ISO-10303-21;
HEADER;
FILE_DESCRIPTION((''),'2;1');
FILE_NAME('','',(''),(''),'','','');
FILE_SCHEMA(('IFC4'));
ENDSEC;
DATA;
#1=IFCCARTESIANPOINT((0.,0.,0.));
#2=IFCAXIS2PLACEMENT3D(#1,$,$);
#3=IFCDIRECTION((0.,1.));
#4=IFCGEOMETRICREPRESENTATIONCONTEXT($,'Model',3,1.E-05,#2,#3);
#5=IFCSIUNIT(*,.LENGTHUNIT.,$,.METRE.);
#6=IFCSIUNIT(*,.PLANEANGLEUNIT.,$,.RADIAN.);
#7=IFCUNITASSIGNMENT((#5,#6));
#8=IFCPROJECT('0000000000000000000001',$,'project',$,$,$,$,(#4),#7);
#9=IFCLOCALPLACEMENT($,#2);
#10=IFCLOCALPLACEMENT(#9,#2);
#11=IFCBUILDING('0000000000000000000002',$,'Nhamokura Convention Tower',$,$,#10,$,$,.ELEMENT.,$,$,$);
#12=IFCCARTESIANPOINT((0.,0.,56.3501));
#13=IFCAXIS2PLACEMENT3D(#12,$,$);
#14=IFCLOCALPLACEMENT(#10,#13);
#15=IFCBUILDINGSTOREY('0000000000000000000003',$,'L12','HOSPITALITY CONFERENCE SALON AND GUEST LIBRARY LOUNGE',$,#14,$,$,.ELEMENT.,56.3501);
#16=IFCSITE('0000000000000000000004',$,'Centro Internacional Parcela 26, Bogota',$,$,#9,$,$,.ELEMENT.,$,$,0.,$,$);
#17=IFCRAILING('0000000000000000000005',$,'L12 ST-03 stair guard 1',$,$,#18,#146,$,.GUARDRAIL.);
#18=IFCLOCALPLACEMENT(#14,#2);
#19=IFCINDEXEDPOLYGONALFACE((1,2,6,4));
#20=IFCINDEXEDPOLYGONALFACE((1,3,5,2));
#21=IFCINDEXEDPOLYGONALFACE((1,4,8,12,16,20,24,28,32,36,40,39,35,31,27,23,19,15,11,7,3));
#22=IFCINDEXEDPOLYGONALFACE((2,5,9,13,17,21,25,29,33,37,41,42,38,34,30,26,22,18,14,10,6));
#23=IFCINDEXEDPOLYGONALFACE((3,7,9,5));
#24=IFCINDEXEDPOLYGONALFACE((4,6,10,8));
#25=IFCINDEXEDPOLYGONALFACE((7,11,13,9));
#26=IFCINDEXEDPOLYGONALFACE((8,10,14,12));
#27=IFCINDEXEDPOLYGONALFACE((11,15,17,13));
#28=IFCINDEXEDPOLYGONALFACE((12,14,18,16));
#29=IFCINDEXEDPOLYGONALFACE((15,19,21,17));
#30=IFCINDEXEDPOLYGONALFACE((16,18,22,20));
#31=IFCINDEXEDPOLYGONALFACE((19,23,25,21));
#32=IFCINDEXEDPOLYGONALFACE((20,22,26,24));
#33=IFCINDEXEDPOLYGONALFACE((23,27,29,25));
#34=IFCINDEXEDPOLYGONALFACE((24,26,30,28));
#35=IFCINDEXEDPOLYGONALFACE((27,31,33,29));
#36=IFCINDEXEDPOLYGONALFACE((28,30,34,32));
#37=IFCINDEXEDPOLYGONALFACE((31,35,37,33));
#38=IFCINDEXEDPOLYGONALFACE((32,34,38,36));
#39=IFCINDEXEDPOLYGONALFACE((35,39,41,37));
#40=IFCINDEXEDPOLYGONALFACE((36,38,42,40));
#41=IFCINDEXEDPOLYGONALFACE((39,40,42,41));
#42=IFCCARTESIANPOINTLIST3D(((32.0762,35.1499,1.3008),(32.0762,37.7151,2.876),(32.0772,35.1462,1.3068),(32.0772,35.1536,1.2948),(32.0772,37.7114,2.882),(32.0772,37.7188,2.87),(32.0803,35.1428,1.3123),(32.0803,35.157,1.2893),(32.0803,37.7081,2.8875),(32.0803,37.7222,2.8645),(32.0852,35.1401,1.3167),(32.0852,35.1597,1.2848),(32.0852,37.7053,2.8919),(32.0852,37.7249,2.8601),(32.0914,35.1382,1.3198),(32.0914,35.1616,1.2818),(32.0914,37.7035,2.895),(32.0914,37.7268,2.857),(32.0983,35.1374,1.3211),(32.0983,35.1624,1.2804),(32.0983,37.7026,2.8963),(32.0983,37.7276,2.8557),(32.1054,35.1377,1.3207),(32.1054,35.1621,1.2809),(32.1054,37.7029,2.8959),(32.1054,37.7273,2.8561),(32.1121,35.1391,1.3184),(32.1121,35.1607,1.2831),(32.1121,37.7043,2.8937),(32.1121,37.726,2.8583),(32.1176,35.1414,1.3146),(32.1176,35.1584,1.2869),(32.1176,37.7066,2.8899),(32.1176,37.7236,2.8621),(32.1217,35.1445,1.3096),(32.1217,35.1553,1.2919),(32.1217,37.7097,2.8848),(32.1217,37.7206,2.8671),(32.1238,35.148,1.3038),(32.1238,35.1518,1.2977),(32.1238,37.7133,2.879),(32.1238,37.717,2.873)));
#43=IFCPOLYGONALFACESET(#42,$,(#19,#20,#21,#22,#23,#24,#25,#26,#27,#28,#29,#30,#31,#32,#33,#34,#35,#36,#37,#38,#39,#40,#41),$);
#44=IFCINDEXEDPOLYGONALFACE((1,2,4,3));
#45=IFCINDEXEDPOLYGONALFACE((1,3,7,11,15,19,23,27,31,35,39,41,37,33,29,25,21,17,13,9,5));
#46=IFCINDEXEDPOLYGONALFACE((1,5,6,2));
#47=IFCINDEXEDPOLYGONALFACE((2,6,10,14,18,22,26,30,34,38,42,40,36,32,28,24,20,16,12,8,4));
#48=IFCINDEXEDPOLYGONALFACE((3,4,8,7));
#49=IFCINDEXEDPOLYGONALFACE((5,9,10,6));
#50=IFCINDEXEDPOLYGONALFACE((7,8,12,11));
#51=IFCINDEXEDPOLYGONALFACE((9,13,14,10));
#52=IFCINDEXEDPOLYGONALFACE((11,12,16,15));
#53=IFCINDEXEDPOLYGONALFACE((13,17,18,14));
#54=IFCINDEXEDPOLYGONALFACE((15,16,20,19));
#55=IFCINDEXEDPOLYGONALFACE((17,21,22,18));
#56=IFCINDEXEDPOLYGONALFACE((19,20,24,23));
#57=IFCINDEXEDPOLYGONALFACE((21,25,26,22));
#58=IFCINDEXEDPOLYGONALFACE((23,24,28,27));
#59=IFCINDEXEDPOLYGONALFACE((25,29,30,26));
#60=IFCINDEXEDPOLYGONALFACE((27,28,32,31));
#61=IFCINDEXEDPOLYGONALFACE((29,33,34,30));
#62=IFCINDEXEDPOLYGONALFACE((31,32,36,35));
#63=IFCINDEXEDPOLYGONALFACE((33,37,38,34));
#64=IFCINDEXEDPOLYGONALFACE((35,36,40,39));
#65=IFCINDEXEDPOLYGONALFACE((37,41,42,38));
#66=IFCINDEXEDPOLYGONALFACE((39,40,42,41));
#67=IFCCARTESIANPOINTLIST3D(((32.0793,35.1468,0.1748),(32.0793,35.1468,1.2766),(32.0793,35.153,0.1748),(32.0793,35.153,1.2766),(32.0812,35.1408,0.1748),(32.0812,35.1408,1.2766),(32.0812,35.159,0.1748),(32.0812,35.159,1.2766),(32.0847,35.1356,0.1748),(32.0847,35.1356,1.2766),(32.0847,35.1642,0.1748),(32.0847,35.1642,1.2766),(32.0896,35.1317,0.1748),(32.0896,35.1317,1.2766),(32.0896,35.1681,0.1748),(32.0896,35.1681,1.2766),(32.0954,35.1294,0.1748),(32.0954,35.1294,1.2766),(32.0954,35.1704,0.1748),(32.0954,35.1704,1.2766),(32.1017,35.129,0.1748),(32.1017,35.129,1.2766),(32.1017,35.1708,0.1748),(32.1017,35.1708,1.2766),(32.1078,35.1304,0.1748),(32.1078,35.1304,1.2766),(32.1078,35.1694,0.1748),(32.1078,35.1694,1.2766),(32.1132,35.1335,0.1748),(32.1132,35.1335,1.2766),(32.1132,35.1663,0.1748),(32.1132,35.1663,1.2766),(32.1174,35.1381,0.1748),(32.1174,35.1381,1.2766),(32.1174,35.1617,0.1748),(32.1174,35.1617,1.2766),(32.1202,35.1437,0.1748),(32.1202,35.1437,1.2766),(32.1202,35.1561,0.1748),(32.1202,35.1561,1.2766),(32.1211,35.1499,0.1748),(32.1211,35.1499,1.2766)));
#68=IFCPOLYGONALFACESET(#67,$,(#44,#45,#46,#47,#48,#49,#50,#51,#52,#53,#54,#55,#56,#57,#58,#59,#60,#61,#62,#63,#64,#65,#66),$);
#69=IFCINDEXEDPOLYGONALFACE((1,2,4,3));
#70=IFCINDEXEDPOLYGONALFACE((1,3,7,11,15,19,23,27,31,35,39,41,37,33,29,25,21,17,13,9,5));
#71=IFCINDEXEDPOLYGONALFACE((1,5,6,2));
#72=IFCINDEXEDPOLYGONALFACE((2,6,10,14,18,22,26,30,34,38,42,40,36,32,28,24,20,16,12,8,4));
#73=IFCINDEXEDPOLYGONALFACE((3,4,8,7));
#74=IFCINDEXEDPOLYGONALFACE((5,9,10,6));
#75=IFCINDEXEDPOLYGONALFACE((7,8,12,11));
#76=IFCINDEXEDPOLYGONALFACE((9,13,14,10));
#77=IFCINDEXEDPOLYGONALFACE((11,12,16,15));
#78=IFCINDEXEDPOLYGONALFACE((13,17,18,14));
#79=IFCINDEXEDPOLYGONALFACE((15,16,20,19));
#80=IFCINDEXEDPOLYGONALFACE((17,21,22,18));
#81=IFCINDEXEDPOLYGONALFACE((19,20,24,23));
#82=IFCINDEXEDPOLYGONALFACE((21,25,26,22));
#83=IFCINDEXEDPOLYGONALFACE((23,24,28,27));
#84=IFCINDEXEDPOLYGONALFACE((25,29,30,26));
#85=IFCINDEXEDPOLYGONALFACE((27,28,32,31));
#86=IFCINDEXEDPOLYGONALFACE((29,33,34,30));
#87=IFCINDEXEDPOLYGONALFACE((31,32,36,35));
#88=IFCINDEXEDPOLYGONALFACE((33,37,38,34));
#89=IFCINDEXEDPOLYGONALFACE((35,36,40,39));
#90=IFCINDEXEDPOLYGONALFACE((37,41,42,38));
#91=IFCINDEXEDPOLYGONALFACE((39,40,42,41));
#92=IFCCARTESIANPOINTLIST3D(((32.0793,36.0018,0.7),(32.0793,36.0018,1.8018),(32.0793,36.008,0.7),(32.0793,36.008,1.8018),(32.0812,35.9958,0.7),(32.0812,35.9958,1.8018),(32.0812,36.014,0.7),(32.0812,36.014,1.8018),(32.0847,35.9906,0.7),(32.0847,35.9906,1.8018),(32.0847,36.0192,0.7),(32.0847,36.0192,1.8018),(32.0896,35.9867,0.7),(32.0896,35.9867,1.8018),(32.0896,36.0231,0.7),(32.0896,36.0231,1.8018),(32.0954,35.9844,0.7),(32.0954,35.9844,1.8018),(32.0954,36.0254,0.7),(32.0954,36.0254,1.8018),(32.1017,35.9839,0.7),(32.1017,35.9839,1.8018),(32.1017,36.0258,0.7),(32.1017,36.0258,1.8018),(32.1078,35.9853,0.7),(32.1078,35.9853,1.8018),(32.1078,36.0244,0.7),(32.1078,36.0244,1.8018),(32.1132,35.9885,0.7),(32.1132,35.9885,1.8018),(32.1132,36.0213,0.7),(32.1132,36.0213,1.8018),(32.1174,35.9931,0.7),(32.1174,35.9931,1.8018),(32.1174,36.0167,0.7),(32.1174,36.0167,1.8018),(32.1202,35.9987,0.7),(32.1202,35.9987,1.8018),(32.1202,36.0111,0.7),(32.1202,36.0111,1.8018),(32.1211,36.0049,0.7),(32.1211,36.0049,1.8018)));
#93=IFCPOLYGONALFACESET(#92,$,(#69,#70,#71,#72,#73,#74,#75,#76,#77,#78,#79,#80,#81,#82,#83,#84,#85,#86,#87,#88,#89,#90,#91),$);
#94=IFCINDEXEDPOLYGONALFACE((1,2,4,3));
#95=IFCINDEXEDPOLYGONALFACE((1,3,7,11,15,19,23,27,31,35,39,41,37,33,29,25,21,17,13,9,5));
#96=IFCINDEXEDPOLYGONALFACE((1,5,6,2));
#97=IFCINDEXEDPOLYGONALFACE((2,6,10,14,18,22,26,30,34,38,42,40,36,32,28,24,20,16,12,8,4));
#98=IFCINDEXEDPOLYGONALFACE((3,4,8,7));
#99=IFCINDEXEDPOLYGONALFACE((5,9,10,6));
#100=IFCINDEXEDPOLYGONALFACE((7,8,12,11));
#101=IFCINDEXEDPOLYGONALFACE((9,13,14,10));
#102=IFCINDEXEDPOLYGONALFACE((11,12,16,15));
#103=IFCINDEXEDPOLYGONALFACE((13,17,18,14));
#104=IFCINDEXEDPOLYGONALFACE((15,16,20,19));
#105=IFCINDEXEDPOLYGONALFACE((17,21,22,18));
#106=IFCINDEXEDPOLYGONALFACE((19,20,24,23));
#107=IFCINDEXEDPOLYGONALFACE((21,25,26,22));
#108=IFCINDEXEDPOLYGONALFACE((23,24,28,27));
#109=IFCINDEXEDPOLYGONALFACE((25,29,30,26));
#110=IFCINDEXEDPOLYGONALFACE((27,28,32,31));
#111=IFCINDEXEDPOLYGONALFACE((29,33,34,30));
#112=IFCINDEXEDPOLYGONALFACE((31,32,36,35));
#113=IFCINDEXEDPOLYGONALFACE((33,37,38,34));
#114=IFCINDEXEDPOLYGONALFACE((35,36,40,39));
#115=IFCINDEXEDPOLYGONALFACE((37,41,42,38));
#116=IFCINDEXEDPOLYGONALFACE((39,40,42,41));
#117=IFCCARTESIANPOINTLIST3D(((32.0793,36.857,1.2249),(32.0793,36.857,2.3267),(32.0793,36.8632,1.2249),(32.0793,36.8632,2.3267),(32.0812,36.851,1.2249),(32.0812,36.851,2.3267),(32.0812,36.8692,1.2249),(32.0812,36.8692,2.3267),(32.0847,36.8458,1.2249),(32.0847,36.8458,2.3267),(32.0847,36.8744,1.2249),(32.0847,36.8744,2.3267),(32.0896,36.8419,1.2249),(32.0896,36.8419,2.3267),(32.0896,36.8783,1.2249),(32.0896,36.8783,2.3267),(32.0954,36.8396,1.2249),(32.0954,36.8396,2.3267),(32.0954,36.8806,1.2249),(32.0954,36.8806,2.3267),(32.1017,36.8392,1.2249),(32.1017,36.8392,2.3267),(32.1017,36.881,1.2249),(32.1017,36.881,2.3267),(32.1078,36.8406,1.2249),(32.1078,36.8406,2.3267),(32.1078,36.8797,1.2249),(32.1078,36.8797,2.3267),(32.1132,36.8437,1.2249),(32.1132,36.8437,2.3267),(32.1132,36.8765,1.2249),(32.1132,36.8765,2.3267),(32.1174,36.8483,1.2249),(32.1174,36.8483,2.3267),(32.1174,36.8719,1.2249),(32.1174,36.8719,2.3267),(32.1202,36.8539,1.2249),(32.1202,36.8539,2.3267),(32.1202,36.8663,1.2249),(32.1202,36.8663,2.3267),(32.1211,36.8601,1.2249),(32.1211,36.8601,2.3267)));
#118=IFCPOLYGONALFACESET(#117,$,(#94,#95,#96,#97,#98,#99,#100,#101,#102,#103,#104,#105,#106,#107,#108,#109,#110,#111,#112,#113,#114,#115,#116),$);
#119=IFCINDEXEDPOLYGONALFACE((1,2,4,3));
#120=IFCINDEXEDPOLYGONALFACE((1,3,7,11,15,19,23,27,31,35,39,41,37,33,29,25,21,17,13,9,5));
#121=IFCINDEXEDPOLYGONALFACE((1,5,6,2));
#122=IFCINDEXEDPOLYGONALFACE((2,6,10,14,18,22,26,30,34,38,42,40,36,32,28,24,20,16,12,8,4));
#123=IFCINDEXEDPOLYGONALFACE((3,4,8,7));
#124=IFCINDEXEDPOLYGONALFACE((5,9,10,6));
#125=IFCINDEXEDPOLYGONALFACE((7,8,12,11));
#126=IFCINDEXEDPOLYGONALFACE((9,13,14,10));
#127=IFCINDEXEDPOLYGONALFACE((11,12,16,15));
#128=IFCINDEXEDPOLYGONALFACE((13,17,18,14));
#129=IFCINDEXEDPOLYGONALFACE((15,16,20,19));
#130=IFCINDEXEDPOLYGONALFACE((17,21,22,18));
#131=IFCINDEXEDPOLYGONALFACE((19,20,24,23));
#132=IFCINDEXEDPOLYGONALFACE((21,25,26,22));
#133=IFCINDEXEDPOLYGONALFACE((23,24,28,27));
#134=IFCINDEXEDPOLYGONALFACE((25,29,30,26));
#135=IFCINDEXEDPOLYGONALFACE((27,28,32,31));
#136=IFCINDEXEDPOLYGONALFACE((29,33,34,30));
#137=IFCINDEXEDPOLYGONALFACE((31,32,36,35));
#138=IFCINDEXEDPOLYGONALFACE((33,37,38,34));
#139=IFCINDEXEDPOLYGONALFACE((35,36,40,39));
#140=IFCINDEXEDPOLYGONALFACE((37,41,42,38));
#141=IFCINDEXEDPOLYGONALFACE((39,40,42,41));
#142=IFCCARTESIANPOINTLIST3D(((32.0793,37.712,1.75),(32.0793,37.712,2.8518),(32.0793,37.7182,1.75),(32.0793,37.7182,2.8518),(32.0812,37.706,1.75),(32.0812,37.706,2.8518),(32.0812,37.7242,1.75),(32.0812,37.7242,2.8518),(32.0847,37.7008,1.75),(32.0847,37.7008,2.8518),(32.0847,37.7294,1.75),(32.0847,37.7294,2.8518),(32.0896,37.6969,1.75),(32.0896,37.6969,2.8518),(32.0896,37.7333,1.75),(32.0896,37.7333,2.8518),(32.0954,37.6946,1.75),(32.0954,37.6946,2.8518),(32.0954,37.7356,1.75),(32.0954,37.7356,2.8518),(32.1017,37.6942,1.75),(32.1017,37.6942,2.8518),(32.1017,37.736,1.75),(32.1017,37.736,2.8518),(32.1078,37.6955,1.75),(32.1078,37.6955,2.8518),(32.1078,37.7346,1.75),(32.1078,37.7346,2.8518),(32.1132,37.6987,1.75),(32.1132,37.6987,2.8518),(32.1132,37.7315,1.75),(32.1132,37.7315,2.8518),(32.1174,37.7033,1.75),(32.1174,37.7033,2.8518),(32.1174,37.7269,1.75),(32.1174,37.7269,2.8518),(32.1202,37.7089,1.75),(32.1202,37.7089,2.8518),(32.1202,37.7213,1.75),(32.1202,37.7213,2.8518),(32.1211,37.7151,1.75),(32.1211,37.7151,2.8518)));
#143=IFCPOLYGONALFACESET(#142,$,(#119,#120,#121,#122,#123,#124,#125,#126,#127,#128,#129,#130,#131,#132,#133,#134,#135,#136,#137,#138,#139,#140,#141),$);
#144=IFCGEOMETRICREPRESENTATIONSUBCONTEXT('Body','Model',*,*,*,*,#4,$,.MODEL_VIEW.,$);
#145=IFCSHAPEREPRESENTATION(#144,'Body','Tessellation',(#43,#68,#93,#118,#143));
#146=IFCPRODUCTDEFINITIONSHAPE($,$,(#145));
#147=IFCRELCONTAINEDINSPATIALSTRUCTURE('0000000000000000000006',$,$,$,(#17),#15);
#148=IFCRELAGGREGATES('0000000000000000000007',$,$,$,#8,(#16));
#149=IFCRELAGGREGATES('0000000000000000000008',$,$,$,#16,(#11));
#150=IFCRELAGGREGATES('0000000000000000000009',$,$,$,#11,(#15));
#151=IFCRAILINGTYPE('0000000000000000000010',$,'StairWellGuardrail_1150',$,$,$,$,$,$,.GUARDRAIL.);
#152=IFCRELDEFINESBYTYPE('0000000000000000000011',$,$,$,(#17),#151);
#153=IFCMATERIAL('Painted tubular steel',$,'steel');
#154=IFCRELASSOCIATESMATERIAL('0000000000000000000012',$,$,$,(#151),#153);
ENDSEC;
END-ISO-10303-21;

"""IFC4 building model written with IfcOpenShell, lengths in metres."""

from ifc_helpers import new_model, si_unit, direction, frame, origin, origin_2d, place, context, subcontext, project, spatial, circle, extrude, material, type_object, element, save


model = new_model("IFC4")

# Units and contexts
model_context = context("Model", 3, precision=1e-05, world=origin(), true_north=direction((0.0, 1.0)))
body_context = subcontext(model_context, "Body", "Model", "MODEL_VIEW")
ifc_project = project(units=[si_unit("LENGTHUNIT", "METRE"), si_unit("PLANEANGLEUNIT", "RADIAN")], contexts=[model_context])

# Site, building, storey
site_placement = place(None, origin())
site = spatial("IfcSite", under=ifc_project, at=site_placement, Name="Centro Internacional Parcela 26, Bogota", CompositionType="ELEMENT", RefElevation=0.0)
building_placement = place(site_placement, origin())
building = spatial("IfcBuilding", under=site, at=building_placement, Name="Nhamokura Convention Tower", CompositionType="ELEMENT")
storey_placement = place(building_placement, frame((0.0, 0.0, 56.3501)))
storey = spatial("IfcBuildingStorey", under=building, at=storey_placement, Name="L12", Description="HOSPITALITY CONFERENCE SALON AND GUEST LIBRARY LOUNGE", CompositionType="ELEMENT", Elevation=56.3501)

# Railing
ifc_material_1 = material(Name="Painted tubular steel", Category="steel")
railing_type_1 = type_object("IfcRailingType", Name="StairWellGuardrail_1150", PredefinedType="GUARDRAIL", material=ifc_material_1)
railing_1_placement = place(storey_placement, frame((32.1001, 35.1499, 0.1748)))
element("IfcRailing", 1, at=railing_1_placement, inside=storey, type_object=railing_type_1, Name="L12 ST-03 stair guard 1", PredefinedType="GUARDRAIL", context=body_context, shape_type="SweptSolid", body=[
    extrude(circle(Radius=0.0239, at=origin_2d()), frame((0.0, 0.0, 1.126), z_axis=(0.0, 0.852159, 0.523283), x_axis=(-1.0, 0.0, 0.0)), (0.0, 0.0, 1.0), 3.0103),
    extrude(circle(Radius=0.021, at=origin_2d()), origin(), (0.0, 0.0, 1.0), 1.1018),
    extrude(circle(Radius=0.021, at=origin_2d()), frame((0.0, 0.855, 0.5251)), (0.0, 0.0, 1.0), 1.1018),
    extrude(circle(Radius=0.021, at=origin_2d()), frame((0.0, 1.7102, 1.05)), (0.0, 0.0, 1.0), 1.1018),
    extrude(circle(Radius=0.021, at=origin_2d()), frame((0.0, 2.5652, 1.5752)), (0.0, 0.0, 1.0), 1.1018),
])

save(model, "model.ifc")
